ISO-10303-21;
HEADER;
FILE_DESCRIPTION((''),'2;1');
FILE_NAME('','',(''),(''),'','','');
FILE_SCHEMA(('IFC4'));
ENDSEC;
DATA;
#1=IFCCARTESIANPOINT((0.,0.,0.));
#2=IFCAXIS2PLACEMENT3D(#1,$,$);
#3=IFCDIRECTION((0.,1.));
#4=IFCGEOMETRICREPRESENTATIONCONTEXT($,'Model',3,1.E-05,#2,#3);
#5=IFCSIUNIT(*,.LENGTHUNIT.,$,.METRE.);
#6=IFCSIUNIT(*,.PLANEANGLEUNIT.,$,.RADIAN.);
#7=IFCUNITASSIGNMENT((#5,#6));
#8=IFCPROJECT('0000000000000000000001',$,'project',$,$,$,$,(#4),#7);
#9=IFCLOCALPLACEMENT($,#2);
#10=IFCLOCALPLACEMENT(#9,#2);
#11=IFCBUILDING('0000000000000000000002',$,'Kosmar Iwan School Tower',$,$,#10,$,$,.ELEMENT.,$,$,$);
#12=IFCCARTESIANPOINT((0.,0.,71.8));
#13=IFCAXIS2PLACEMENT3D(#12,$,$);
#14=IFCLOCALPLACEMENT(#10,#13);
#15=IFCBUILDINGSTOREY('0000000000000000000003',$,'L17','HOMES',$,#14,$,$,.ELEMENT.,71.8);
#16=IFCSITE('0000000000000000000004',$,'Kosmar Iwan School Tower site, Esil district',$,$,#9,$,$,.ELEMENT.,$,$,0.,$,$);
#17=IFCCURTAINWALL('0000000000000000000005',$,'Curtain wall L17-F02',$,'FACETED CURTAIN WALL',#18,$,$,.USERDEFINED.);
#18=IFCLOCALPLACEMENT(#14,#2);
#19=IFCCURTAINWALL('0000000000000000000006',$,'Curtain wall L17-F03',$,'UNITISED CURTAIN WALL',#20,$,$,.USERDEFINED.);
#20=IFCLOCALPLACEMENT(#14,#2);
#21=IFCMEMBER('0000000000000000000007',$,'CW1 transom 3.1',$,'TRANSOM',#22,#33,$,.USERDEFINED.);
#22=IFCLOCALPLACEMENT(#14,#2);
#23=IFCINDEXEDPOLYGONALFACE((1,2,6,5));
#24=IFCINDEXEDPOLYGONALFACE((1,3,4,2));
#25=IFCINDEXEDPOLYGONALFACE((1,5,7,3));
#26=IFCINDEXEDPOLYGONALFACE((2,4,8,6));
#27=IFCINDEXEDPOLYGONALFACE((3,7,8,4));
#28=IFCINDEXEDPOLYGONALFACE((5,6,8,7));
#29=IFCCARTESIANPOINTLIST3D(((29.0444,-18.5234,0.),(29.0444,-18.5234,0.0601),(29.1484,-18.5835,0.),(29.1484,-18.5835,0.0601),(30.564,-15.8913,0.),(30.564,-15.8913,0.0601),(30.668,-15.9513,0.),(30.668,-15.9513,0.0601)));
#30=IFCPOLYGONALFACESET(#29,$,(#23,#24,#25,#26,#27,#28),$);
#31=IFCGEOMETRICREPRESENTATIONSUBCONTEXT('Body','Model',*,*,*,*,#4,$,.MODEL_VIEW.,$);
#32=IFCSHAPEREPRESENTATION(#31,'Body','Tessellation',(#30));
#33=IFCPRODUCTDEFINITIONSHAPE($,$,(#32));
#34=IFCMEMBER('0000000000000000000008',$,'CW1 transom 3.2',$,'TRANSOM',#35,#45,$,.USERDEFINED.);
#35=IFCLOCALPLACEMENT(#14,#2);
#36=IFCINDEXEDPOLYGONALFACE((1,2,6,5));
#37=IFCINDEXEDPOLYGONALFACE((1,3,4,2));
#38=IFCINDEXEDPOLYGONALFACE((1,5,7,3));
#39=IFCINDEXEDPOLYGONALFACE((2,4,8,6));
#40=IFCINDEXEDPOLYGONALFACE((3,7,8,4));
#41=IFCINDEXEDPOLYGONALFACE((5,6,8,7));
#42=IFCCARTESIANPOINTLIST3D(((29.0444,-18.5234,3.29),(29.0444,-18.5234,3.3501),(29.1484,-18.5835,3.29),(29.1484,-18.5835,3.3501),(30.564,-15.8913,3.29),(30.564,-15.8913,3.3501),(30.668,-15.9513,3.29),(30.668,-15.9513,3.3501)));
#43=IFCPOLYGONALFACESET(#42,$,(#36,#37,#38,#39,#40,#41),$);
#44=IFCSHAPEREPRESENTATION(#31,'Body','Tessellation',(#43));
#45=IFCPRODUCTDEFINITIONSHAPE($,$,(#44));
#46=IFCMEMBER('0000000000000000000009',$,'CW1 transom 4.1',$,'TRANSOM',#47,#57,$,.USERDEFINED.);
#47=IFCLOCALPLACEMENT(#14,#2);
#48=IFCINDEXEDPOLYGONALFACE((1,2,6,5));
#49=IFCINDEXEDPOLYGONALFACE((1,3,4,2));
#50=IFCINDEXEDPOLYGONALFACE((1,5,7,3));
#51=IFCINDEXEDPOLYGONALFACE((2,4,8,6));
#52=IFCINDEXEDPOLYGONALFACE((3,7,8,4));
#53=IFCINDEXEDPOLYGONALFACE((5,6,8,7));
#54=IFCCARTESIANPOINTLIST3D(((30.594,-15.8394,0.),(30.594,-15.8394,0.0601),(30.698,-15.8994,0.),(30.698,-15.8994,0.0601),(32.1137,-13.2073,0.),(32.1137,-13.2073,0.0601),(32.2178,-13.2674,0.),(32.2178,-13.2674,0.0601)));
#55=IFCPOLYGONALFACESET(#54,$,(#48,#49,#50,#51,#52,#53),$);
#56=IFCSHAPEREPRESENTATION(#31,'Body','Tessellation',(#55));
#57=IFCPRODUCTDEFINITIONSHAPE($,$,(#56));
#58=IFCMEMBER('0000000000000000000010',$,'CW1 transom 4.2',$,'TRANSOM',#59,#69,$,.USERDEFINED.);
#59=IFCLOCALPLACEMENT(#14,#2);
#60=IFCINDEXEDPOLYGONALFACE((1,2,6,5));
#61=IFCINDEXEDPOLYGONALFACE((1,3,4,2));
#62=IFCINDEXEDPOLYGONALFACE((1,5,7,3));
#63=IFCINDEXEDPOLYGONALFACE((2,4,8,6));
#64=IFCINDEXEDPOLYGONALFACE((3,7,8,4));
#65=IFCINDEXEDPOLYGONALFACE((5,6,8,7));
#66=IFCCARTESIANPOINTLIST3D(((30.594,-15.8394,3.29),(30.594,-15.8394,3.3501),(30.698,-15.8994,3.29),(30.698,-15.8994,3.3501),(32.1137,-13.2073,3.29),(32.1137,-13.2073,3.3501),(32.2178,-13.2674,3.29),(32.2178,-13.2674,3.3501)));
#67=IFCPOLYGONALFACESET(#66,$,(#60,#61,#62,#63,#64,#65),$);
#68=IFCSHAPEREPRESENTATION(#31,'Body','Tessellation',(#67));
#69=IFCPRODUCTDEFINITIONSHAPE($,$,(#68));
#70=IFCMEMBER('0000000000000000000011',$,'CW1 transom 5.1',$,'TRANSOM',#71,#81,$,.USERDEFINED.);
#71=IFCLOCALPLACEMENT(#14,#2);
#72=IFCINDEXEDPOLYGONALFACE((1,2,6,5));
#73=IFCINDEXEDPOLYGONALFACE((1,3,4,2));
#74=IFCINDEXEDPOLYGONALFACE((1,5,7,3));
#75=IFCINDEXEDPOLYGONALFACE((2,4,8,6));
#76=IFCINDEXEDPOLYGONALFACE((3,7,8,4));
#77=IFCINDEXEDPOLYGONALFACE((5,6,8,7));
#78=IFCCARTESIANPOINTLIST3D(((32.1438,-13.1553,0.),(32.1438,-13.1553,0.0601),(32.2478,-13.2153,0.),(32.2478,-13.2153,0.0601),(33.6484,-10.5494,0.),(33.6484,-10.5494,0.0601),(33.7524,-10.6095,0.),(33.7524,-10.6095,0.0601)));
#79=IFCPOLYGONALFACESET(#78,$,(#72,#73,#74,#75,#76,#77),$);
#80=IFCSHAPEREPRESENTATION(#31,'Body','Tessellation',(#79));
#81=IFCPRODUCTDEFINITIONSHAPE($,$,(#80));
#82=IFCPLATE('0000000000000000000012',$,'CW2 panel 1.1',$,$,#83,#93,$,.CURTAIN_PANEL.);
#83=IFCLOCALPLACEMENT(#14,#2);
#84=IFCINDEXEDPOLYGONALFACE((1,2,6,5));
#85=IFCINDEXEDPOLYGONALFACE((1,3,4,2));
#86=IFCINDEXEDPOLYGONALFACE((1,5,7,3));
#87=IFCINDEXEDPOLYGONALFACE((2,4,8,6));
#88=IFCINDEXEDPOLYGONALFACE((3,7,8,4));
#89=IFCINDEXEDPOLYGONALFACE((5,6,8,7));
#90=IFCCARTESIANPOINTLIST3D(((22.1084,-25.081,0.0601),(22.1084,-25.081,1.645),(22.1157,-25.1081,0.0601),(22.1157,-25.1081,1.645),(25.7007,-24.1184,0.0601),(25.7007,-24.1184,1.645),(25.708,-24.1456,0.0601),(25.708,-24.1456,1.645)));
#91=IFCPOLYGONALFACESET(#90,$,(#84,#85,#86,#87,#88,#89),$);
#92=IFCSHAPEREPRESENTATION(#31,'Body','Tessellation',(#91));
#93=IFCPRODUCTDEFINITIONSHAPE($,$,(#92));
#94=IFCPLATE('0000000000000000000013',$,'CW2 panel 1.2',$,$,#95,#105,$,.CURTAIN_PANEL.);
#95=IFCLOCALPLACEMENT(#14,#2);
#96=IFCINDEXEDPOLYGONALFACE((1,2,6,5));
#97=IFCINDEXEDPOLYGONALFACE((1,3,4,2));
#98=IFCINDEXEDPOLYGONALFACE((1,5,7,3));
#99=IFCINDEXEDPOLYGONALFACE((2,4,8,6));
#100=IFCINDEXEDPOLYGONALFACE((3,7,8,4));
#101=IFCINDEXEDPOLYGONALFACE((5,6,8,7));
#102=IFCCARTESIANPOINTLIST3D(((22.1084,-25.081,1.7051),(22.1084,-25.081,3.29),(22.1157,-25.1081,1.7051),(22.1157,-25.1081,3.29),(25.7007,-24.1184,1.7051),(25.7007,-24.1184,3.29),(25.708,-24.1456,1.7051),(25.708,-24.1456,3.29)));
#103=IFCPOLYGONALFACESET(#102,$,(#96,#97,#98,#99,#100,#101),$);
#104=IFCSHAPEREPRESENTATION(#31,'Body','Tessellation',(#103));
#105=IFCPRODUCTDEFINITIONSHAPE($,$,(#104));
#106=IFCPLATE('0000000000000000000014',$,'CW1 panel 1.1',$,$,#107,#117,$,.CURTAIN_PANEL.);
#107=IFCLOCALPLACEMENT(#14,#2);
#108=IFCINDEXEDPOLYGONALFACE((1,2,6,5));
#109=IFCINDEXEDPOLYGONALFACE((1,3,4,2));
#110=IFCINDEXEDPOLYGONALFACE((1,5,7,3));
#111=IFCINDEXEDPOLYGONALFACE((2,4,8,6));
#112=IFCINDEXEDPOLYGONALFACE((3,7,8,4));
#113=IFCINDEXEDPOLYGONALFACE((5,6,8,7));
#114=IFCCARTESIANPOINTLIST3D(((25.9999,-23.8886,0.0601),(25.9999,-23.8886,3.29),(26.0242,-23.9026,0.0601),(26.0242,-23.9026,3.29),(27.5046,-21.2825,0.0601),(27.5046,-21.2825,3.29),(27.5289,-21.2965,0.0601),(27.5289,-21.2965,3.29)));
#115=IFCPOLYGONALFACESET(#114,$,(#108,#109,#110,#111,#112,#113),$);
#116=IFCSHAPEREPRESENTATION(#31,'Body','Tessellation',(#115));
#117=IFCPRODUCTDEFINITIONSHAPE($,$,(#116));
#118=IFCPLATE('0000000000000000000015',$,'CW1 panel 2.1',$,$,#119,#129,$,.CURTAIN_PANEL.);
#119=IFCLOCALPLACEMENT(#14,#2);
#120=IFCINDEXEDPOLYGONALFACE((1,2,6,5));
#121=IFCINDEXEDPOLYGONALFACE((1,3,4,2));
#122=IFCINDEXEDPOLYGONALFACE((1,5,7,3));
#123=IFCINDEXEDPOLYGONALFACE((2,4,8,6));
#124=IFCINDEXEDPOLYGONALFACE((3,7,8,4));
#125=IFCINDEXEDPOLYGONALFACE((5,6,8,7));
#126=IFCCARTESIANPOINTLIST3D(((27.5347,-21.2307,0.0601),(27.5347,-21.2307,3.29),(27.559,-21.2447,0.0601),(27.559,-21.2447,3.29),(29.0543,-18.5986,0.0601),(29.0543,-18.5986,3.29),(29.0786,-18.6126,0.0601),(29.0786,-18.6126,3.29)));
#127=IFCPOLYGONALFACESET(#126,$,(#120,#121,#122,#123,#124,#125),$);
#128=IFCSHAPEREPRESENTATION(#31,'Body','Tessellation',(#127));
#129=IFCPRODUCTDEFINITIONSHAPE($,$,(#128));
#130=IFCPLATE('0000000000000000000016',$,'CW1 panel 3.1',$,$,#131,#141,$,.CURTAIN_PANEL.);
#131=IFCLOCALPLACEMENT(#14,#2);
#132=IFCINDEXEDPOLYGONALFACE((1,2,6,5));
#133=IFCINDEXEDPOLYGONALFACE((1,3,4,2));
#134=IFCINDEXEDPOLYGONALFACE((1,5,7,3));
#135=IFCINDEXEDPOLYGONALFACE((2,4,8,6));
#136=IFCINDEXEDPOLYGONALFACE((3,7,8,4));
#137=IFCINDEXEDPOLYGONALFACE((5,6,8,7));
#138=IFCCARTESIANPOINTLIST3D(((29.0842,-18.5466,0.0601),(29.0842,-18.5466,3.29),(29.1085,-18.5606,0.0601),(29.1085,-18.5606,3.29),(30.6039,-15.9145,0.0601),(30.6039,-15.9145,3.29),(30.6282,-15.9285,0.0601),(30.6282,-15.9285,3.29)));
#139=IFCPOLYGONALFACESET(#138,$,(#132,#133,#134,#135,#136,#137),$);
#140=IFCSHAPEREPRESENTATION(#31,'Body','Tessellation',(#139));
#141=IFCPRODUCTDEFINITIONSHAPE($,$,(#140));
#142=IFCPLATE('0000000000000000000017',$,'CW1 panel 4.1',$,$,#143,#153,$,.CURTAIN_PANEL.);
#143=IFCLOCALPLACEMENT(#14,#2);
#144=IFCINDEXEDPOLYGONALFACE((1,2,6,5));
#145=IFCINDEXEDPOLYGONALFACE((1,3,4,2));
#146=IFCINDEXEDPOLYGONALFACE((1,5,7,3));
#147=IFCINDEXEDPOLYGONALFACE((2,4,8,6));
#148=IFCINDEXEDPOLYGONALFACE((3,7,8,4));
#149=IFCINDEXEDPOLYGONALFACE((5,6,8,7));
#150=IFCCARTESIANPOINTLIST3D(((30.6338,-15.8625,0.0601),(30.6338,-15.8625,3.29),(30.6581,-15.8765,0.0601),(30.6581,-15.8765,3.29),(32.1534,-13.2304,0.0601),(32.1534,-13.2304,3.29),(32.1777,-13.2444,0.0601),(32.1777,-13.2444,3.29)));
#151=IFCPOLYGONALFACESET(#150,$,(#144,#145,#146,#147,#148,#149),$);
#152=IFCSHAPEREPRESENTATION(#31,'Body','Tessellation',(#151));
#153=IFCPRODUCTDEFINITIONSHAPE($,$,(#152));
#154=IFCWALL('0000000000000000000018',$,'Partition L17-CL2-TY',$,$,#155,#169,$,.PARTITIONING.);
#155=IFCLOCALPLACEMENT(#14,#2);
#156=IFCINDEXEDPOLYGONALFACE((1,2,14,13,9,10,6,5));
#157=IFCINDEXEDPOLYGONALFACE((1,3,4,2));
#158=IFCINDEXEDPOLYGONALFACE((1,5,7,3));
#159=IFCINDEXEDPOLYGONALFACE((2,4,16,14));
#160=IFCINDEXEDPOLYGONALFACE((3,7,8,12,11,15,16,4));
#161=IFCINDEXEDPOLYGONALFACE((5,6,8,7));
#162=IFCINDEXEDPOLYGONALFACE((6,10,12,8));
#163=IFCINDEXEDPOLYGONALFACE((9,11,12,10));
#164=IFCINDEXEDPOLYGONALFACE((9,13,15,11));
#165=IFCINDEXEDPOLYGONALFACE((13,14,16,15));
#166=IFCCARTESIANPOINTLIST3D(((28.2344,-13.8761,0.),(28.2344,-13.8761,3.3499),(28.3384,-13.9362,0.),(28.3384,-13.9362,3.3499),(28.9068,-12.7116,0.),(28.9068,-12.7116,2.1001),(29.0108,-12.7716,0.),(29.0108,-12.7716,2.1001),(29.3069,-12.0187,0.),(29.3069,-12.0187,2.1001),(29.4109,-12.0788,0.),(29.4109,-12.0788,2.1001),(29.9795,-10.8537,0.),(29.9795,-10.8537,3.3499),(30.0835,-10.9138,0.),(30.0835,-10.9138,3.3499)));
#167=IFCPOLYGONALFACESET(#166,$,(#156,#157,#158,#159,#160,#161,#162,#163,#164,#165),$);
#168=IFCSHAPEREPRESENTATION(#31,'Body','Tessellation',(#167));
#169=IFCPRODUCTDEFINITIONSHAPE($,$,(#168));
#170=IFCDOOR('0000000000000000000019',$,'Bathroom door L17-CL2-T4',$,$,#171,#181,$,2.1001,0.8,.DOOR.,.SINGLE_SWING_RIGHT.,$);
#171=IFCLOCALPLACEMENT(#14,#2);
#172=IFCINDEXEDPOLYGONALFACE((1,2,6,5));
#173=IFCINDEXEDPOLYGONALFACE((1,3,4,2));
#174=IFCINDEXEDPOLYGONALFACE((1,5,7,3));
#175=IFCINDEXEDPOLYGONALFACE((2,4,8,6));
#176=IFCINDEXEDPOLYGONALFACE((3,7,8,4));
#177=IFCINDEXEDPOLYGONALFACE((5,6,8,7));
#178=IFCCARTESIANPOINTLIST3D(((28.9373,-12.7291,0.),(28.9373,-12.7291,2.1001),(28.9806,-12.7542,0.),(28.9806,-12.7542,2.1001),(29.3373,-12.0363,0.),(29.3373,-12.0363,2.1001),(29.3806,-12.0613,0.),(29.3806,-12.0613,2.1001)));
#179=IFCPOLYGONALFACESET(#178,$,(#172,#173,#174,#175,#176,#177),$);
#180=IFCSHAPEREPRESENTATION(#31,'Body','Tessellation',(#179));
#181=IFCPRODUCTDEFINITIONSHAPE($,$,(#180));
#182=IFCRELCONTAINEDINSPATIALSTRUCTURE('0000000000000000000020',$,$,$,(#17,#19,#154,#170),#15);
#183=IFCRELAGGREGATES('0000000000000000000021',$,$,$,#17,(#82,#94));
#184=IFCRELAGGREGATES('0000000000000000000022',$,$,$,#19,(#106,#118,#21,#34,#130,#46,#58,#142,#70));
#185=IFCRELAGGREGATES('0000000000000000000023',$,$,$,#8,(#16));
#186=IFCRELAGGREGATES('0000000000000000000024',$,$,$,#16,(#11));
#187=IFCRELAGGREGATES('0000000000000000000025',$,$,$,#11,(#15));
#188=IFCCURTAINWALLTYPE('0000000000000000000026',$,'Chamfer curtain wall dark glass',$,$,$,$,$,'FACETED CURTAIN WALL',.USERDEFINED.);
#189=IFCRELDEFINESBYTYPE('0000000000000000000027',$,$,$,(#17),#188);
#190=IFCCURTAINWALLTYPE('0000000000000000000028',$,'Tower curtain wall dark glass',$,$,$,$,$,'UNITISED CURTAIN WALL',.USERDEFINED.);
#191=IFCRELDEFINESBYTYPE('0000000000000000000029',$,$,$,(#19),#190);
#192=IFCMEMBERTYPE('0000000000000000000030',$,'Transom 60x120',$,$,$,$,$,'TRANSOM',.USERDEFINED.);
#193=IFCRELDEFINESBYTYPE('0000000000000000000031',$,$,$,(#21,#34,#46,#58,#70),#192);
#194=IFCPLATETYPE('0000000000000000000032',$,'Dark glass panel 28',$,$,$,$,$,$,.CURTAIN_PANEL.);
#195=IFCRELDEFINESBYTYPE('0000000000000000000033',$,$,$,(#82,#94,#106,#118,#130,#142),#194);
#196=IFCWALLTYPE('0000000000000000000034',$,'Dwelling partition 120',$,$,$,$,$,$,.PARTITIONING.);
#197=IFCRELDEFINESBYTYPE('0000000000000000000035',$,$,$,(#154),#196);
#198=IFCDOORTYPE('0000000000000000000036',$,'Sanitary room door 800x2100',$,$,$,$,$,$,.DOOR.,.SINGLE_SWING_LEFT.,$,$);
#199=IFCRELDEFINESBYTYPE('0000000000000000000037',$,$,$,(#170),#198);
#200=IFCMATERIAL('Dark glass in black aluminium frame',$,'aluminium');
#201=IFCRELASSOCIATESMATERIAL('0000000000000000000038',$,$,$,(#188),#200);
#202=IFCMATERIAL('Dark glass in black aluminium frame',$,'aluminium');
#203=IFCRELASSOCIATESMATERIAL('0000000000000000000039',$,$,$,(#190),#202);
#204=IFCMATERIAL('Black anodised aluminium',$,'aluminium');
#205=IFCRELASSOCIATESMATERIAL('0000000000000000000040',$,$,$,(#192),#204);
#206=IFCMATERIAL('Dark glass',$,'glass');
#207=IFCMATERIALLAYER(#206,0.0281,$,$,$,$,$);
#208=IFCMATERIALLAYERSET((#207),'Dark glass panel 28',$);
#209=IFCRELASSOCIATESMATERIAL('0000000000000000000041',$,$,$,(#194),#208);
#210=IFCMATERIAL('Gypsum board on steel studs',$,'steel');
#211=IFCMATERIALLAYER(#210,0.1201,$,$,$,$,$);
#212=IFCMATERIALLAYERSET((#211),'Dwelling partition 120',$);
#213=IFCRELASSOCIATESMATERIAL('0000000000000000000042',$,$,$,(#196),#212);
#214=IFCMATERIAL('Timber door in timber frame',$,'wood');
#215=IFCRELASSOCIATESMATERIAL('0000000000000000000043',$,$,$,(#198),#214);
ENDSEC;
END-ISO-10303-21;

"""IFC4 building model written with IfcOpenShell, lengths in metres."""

from ifc_helpers import new_model, si_unit, direction, frame, frame_2d, origin, origin_2d, place, context, subcontext, project, spatial, rectangle, extrude, material, layer, layer_set, material_profile, profile_set, type_object, element, fill, aggregate, save


model = new_model("IFC4")

# Units and contexts
model_context = context("Model", 3, precision=1e-05, world=origin(), true_north=direction((0.0, 1.0)))
body_context = subcontext(model_context, "Body", "Model", "MODEL_VIEW")
ifc_project = project(units=[si_unit("LENGTHUNIT", "METRE"), si_unit("PLANEANGLEUNIT", "RADIAN")], contexts=[model_context])

# Site, building, storey
site_placement = place(None, origin())
site = spatial("IfcSite", under=ifc_project, at=site_placement, Name="Kosmar Iwan School Tower site, Esil district", CompositionType="ELEMENT", RefElevation=0.0)
building_placement = place(site_placement, origin())
building = spatial("IfcBuilding", under=site, at=building_placement, Name="Kosmar Iwan School Tower", CompositionType="ELEMENT")
storey_placement = place(building_placement, frame((0.0, 0.0, 71.8)))
storey = spatial("IfcBuildingStorey", under=building, at=storey_placement, Name="L17", Description="HOMES", CompositionType="ELEMENT", Elevation=71.8)

# Curtain wall
ifc_material_1 = material(Name="Dark glass in black aluminium frame", Category="aluminium")
curtain_wall_type_1 = type_object("IfcCurtainWallType", Name="Chamfer curtain wall dark glass", ElementType="FACETED CURTAIN WALL", PredefinedType="USERDEFINED", material=ifc_material_1)
curtain_wall_1_placement = place(storey_placement, origin())
curtain_wall_1 = element("IfcCurtainWall", 1, at=curtain_wall_1_placement, inside=storey, type_object=curtain_wall_type_1, Name="Curtain wall L17-F02", ObjectType="FACETED CURTAIN WALL", PredefinedType="USERDEFINED")

# Curtain wall
ifc_material_2 = material(Name="Dark glass in black aluminium frame", Category="aluminium")
curtain_wall_type_2 = type_object("IfcCurtainWallType", Name="Tower curtain wall dark glass", ElementType="UNITISED CURTAIN WALL", PredefinedType="USERDEFINED", material=ifc_material_2)
curtain_wall_2_placement = place(storey_placement, origin())
curtain_wall_2 = element("IfcCurtainWall", 2, at=curtain_wall_2_placement, inside=storey, type_object=curtain_wall_type_2, Name="Curtain wall L17-F03", ObjectType="UNITISED CURTAIN WALL", PredefinedType="USERDEFINED")

# Members
ifc_material_3 = material(Name="Black anodised aluminium", Category="aluminium")
ifc_material_profile_1 = material_profile(ifc_material_3, rectangle(XDim=0.1201, YDim=0.0601, at=origin_2d()), Name="TRANSOM 60x120")
ifc_profile_set_1 = profile_set([ifc_material_profile_1], Name="Black anodised aluminium")
member_type_1 = type_object("IfcMemberType", Name="Transom 60x120", ElementType="TRANSOM", PredefinedType="USERDEFINED", material=ifc_profile_set_1)
member_1_placement = place(storey_placement, frame((29.0964, -18.5535, 0.03), z_axis=(0.499975, 0.86604, 0.0), x_axis=(-0.86604, 0.499975, 0.0)))
member_1 = element("IfcMember", 3, at=member_1_placement, type_object=member_type_1, Name="CW1 transom 3.1", ObjectType="TRANSOM", PredefinedType="USERDEFINED", context=body_context, shape_type="SweptSolid", body=[
    extrude(rectangle(XDim=0.1201, YDim=0.0601, at=origin_2d()), origin(), (0.0, 0.0, 1.0), 3.0393),
])
member_2_placement = place(storey_placement, frame((29.0964, -18.5535, 3.3201), z_axis=(0.499975, 0.86604, 0.0), x_axis=(-0.86604, 0.499975, 0.0)))
member_2 = element("IfcMember", 4, at=member_2_placement, type_object=member_type_1, Name="CW1 transom 3.2", ObjectType="TRANSOM", PredefinedType="USERDEFINED", context=body_context, shape_type="SweptSolid", body=[
    extrude(rectangle(XDim=0.1201, YDim=0.0601, at=origin_2d()), origin(), (0.0, 0.0, 1.0), 3.0393),
])
member_3_placement = place(storey_placement, frame((30.646, -15.8694, 0.03), z_axis=(0.500035, 0.866005, 0.0), x_axis=(-0.866005, 0.500035, 0.0)))
member_3 = element("IfcMember", 5, at=member_3_placement, type_object=member_type_1, Name="CW1 transom 4.1", ObjectType="TRANSOM", PredefinedType="USERDEFINED", context=body_context, shape_type="SweptSolid", body=[
    extrude(rectangle(XDim=0.1201, YDim=0.0601, at=origin_2d()), origin(), (0.0, 0.0, 1.0), 3.0393),
])
member_4_placement = place(storey_placement, frame((30.646, -15.8694, 3.3201), z_axis=(0.500035, 0.866005, 0.0), x_axis=(-0.866005, 0.500035, 0.0)))
member_4 = element("IfcMember", 6, at=member_4_placement, type_object=member_type_1, Name="CW1 transom 4.2", ObjectType="TRANSOM", PredefinedType="USERDEFINED", context=body_context, shape_type="SweptSolid", body=[
    extrude(rectangle(XDim=0.1201, YDim=0.0601, at=origin_2d()), origin(), (0.0, 0.0, 1.0), 3.0393),
])
member_5_placement = place(storey_placement, frame((32.1958, -13.1853, 0.03), z_axis=(0.500022, 0.866013, 0.0), x_axis=(-0.866013, 0.500022, 0.0)))
member_5 = element("IfcMember", 7, at=member_5_placement, type_object=member_type_1, Name="CW1 transom 5.1", ObjectType="TRANSOM", PredefinedType="USERDEFINED", context=body_context, shape_type="SweptSolid", body=[
    extrude(rectangle(XDim=0.1201, YDim=0.0601, at=origin_2d()), origin(), (0.0, 0.0, 1.0), 3.009),
])

# Plates
ifc_material_4 = material(Name="Dark glass", Category="glass")
ifc_layer_1 = layer(ifc_material_4, 0.0281)
ifc_layer_set_1 = layer_set([ifc_layer_1], Name="Dark glass panel 28")
plate_type = type_object("IfcPlateType", Name="Dark glass panel 28", PredefinedType="CURTAIN_PANEL", material=ifc_layer_set_1)
plate_1_placement = place(storey_placement, frame((23.9082, -24.6133, 0.0601), z_axis=(0.0, 0.0, 1.0), x_axis=(0.965926, 0.258819, 0.0)))
plate_1 = element("IfcPlate", 8, at=plate_1_placement, type_object=plate_type, Name="CW2 panel 1.1", PredefinedType="CURTAIN_PANEL", context=body_context, shape_type="SweptSolid", body=[
    extrude(rectangle(XDim=3.719, YDim=0.0281, at=origin_2d()), origin(), (0.0, 0.0, 1.0), 1.585),
])
plate_2_placement = place(storey_placement, frame((23.9082, -24.6133, 1.7051), z_axis=(0.0, 0.0, 1.0), x_axis=(0.965926, 0.258819, 0.0)))
plate_2 = element("IfcPlate", 9, at=plate_2_placement, type_object=plate_type, Name="CW2 panel 1.2", PredefinedType="CURTAIN_PANEL", context=body_context, shape_type="SweptSolid", body=[
    extrude(rectangle(XDim=3.719, YDim=0.0281, at=origin_2d()), origin(), (0.0, 0.0, 1.0), 1.585),
])
aggregate(curtain_wall_1, [plate_1, plate_2])
plate_3_placement = place(storey_placement, frame((26.7644, -22.5925, 0.0601), z_axis=(0.0, 0.0, 1.0), x_axis=(0.5, 0.866025, 0.0)))
plate_3 = element("IfcPlate", 10, at=plate_3_placement, type_object=plate_type, Name="CW1 panel 1.1", PredefinedType="CURTAIN_PANEL", context=body_context, shape_type="SweptSolid", body=[
    extrude(rectangle(XDim=3.0093, YDim=0.0281, at=origin_2d()), origin(), (0.0, 0.0, 1.0), 3.23),
])
plate_4_placement = place(storey_placement, frame((28.3066, -19.9216, 0.0601), z_axis=(0.0, 0.0, 1.0), x_axis=(0.5, 0.866025, 0.0)))
plate_4 = element("IfcPlate", 11, at=plate_4_placement, type_object=plate_type, Name="CW1 panel 2.1", PredefinedType="CURTAIN_PANEL", context=body_context, shape_type="SweptSolid", body=[
    extrude(rectangle(XDim=3.0393, YDim=0.0281, at=origin_2d()), origin(), (0.0, 0.0, 1.0), 3.23),
])
plate_5_placement = place(storey_placement, frame((29.8562, -17.2375, 0.0601), z_axis=(0.0, 0.0, 1.0), x_axis=(0.5, 0.866025, 0.0)))
plate_5 = element("IfcPlate", 12, at=plate_5_placement, type_object=plate_type, Name="CW1 panel 3.1", PredefinedType="CURTAIN_PANEL", context=body_context, shape_type="SweptSolid", body=[
    extrude(rectangle(XDim=3.0393, YDim=0.0281, at=origin_2d()), origin(), (0.0, 0.0, 1.0), 3.23),
])
plate_6_placement = place(storey_placement, frame((31.4058, -14.5535, 0.0601), z_axis=(0.0, 0.0, 1.0), x_axis=(0.5, 0.866025, 0.0)))
plate_6 = element("IfcPlate", 13, at=plate_6_placement, type_object=plate_type, Name="CW1 panel 4.1", PredefinedType="CURTAIN_PANEL", context=body_context, shape_type="SweptSolid", body=[
    extrude(rectangle(XDim=3.0393, YDim=0.0281, at=origin_2d()), origin(), (0.0, 0.0, 1.0), 3.23),
])
aggregate(curtain_wall_2, [plate_3, plate_4, member_1, member_2, plate_5, member_3, member_4, plate_6, member_5])

# Wall, opening, door
ifc_material_5 = material(Name="Gypsum board on steel studs", Category="steel")
ifc_layer_2 = layer(ifc_material_5, 0.1201)
ifc_layer_set_2 = layer_set([ifc_layer_2], Name="Dwelling partition 120")
wall_type_1 = type_object("IfcWallType", Name="Dwelling partition 120", PredefinedType="PARTITIONING", material=ifc_layer_set_2)
wall_1_placement = place(storey_placement, frame((28.2864, -13.9062, 0.0), z_axis=(0.0, 0.0, 1.0), x_axis=(0.500021, 0.866013, 0.0)))
wall_1 = element("IfcWall", 14, at=wall_1_placement, inside=storey, type_object=wall_type_1, Name="Partition L17-CL2-TY", PredefinedType="PARTITIONING", context=body_context, shape_type="SweptSolid", body=[
    extrude(rectangle(XDim=3.49, YDim=0.1201, at=frame_2d((1.7451, 0.0))), origin(), (0.0, 0.0, 1.0), 3.3499),
])
opening_1_placement = place(wall_1_placement, frame((1.345, 0.0, 0.0)))
opening_1 = element("IfcOpeningElement", 15, at=opening_1_placement, cuts=wall_1, PredefinedType="OPENING", context=body_context, shape_type="SweptSolid", body=[
    extrude(rectangle(XDim=0.8, YDim=2.1001, at=frame_2d((0.3999, 1.05))), frame((0.0, 0.072, 0.0), z_axis=(0.0, -1.0, 0.0), x_axis=(1.0, 0.0, 0.0)), (0.0, 0.0, 1.0), 0.144),
])
ifc_material_6 = material(Name="Timber door in timber frame", Category="wood")
door_type_1 = type_object("IfcDoorType", Name="Sanitary room door 800x2100", OperationType="SINGLE_SWING_LEFT", PredefinedType="DOOR", material=ifc_material_6)
door_1_placement = place(opening_1_placement, origin())
door_1 = element("IfcDoor", 16, at=door_1_placement, inside=storey, type_object=door_type_1, Name="Bathroom door L17-CL2-T4", OperationType="SINGLE_SWING_RIGHT", OverallHeight=2.1001, OverallWidth=0.8, PredefinedType="DOOR", context=body_context, shape_type="SweptSolid", body=[
    extrude(rectangle(XDim=0.8, YDim=2.1001, at=frame_2d((0.3999, 1.05))), frame((0.0, 0.0249, 0.0), z_axis=(0.0, -1.0, 0.0), x_axis=(1.0, 0.0, 0.0)), (0.0, 0.0, 1.0), 0.05),
])
fill(opening_1, door_1)

save(model, "model.ifc")
